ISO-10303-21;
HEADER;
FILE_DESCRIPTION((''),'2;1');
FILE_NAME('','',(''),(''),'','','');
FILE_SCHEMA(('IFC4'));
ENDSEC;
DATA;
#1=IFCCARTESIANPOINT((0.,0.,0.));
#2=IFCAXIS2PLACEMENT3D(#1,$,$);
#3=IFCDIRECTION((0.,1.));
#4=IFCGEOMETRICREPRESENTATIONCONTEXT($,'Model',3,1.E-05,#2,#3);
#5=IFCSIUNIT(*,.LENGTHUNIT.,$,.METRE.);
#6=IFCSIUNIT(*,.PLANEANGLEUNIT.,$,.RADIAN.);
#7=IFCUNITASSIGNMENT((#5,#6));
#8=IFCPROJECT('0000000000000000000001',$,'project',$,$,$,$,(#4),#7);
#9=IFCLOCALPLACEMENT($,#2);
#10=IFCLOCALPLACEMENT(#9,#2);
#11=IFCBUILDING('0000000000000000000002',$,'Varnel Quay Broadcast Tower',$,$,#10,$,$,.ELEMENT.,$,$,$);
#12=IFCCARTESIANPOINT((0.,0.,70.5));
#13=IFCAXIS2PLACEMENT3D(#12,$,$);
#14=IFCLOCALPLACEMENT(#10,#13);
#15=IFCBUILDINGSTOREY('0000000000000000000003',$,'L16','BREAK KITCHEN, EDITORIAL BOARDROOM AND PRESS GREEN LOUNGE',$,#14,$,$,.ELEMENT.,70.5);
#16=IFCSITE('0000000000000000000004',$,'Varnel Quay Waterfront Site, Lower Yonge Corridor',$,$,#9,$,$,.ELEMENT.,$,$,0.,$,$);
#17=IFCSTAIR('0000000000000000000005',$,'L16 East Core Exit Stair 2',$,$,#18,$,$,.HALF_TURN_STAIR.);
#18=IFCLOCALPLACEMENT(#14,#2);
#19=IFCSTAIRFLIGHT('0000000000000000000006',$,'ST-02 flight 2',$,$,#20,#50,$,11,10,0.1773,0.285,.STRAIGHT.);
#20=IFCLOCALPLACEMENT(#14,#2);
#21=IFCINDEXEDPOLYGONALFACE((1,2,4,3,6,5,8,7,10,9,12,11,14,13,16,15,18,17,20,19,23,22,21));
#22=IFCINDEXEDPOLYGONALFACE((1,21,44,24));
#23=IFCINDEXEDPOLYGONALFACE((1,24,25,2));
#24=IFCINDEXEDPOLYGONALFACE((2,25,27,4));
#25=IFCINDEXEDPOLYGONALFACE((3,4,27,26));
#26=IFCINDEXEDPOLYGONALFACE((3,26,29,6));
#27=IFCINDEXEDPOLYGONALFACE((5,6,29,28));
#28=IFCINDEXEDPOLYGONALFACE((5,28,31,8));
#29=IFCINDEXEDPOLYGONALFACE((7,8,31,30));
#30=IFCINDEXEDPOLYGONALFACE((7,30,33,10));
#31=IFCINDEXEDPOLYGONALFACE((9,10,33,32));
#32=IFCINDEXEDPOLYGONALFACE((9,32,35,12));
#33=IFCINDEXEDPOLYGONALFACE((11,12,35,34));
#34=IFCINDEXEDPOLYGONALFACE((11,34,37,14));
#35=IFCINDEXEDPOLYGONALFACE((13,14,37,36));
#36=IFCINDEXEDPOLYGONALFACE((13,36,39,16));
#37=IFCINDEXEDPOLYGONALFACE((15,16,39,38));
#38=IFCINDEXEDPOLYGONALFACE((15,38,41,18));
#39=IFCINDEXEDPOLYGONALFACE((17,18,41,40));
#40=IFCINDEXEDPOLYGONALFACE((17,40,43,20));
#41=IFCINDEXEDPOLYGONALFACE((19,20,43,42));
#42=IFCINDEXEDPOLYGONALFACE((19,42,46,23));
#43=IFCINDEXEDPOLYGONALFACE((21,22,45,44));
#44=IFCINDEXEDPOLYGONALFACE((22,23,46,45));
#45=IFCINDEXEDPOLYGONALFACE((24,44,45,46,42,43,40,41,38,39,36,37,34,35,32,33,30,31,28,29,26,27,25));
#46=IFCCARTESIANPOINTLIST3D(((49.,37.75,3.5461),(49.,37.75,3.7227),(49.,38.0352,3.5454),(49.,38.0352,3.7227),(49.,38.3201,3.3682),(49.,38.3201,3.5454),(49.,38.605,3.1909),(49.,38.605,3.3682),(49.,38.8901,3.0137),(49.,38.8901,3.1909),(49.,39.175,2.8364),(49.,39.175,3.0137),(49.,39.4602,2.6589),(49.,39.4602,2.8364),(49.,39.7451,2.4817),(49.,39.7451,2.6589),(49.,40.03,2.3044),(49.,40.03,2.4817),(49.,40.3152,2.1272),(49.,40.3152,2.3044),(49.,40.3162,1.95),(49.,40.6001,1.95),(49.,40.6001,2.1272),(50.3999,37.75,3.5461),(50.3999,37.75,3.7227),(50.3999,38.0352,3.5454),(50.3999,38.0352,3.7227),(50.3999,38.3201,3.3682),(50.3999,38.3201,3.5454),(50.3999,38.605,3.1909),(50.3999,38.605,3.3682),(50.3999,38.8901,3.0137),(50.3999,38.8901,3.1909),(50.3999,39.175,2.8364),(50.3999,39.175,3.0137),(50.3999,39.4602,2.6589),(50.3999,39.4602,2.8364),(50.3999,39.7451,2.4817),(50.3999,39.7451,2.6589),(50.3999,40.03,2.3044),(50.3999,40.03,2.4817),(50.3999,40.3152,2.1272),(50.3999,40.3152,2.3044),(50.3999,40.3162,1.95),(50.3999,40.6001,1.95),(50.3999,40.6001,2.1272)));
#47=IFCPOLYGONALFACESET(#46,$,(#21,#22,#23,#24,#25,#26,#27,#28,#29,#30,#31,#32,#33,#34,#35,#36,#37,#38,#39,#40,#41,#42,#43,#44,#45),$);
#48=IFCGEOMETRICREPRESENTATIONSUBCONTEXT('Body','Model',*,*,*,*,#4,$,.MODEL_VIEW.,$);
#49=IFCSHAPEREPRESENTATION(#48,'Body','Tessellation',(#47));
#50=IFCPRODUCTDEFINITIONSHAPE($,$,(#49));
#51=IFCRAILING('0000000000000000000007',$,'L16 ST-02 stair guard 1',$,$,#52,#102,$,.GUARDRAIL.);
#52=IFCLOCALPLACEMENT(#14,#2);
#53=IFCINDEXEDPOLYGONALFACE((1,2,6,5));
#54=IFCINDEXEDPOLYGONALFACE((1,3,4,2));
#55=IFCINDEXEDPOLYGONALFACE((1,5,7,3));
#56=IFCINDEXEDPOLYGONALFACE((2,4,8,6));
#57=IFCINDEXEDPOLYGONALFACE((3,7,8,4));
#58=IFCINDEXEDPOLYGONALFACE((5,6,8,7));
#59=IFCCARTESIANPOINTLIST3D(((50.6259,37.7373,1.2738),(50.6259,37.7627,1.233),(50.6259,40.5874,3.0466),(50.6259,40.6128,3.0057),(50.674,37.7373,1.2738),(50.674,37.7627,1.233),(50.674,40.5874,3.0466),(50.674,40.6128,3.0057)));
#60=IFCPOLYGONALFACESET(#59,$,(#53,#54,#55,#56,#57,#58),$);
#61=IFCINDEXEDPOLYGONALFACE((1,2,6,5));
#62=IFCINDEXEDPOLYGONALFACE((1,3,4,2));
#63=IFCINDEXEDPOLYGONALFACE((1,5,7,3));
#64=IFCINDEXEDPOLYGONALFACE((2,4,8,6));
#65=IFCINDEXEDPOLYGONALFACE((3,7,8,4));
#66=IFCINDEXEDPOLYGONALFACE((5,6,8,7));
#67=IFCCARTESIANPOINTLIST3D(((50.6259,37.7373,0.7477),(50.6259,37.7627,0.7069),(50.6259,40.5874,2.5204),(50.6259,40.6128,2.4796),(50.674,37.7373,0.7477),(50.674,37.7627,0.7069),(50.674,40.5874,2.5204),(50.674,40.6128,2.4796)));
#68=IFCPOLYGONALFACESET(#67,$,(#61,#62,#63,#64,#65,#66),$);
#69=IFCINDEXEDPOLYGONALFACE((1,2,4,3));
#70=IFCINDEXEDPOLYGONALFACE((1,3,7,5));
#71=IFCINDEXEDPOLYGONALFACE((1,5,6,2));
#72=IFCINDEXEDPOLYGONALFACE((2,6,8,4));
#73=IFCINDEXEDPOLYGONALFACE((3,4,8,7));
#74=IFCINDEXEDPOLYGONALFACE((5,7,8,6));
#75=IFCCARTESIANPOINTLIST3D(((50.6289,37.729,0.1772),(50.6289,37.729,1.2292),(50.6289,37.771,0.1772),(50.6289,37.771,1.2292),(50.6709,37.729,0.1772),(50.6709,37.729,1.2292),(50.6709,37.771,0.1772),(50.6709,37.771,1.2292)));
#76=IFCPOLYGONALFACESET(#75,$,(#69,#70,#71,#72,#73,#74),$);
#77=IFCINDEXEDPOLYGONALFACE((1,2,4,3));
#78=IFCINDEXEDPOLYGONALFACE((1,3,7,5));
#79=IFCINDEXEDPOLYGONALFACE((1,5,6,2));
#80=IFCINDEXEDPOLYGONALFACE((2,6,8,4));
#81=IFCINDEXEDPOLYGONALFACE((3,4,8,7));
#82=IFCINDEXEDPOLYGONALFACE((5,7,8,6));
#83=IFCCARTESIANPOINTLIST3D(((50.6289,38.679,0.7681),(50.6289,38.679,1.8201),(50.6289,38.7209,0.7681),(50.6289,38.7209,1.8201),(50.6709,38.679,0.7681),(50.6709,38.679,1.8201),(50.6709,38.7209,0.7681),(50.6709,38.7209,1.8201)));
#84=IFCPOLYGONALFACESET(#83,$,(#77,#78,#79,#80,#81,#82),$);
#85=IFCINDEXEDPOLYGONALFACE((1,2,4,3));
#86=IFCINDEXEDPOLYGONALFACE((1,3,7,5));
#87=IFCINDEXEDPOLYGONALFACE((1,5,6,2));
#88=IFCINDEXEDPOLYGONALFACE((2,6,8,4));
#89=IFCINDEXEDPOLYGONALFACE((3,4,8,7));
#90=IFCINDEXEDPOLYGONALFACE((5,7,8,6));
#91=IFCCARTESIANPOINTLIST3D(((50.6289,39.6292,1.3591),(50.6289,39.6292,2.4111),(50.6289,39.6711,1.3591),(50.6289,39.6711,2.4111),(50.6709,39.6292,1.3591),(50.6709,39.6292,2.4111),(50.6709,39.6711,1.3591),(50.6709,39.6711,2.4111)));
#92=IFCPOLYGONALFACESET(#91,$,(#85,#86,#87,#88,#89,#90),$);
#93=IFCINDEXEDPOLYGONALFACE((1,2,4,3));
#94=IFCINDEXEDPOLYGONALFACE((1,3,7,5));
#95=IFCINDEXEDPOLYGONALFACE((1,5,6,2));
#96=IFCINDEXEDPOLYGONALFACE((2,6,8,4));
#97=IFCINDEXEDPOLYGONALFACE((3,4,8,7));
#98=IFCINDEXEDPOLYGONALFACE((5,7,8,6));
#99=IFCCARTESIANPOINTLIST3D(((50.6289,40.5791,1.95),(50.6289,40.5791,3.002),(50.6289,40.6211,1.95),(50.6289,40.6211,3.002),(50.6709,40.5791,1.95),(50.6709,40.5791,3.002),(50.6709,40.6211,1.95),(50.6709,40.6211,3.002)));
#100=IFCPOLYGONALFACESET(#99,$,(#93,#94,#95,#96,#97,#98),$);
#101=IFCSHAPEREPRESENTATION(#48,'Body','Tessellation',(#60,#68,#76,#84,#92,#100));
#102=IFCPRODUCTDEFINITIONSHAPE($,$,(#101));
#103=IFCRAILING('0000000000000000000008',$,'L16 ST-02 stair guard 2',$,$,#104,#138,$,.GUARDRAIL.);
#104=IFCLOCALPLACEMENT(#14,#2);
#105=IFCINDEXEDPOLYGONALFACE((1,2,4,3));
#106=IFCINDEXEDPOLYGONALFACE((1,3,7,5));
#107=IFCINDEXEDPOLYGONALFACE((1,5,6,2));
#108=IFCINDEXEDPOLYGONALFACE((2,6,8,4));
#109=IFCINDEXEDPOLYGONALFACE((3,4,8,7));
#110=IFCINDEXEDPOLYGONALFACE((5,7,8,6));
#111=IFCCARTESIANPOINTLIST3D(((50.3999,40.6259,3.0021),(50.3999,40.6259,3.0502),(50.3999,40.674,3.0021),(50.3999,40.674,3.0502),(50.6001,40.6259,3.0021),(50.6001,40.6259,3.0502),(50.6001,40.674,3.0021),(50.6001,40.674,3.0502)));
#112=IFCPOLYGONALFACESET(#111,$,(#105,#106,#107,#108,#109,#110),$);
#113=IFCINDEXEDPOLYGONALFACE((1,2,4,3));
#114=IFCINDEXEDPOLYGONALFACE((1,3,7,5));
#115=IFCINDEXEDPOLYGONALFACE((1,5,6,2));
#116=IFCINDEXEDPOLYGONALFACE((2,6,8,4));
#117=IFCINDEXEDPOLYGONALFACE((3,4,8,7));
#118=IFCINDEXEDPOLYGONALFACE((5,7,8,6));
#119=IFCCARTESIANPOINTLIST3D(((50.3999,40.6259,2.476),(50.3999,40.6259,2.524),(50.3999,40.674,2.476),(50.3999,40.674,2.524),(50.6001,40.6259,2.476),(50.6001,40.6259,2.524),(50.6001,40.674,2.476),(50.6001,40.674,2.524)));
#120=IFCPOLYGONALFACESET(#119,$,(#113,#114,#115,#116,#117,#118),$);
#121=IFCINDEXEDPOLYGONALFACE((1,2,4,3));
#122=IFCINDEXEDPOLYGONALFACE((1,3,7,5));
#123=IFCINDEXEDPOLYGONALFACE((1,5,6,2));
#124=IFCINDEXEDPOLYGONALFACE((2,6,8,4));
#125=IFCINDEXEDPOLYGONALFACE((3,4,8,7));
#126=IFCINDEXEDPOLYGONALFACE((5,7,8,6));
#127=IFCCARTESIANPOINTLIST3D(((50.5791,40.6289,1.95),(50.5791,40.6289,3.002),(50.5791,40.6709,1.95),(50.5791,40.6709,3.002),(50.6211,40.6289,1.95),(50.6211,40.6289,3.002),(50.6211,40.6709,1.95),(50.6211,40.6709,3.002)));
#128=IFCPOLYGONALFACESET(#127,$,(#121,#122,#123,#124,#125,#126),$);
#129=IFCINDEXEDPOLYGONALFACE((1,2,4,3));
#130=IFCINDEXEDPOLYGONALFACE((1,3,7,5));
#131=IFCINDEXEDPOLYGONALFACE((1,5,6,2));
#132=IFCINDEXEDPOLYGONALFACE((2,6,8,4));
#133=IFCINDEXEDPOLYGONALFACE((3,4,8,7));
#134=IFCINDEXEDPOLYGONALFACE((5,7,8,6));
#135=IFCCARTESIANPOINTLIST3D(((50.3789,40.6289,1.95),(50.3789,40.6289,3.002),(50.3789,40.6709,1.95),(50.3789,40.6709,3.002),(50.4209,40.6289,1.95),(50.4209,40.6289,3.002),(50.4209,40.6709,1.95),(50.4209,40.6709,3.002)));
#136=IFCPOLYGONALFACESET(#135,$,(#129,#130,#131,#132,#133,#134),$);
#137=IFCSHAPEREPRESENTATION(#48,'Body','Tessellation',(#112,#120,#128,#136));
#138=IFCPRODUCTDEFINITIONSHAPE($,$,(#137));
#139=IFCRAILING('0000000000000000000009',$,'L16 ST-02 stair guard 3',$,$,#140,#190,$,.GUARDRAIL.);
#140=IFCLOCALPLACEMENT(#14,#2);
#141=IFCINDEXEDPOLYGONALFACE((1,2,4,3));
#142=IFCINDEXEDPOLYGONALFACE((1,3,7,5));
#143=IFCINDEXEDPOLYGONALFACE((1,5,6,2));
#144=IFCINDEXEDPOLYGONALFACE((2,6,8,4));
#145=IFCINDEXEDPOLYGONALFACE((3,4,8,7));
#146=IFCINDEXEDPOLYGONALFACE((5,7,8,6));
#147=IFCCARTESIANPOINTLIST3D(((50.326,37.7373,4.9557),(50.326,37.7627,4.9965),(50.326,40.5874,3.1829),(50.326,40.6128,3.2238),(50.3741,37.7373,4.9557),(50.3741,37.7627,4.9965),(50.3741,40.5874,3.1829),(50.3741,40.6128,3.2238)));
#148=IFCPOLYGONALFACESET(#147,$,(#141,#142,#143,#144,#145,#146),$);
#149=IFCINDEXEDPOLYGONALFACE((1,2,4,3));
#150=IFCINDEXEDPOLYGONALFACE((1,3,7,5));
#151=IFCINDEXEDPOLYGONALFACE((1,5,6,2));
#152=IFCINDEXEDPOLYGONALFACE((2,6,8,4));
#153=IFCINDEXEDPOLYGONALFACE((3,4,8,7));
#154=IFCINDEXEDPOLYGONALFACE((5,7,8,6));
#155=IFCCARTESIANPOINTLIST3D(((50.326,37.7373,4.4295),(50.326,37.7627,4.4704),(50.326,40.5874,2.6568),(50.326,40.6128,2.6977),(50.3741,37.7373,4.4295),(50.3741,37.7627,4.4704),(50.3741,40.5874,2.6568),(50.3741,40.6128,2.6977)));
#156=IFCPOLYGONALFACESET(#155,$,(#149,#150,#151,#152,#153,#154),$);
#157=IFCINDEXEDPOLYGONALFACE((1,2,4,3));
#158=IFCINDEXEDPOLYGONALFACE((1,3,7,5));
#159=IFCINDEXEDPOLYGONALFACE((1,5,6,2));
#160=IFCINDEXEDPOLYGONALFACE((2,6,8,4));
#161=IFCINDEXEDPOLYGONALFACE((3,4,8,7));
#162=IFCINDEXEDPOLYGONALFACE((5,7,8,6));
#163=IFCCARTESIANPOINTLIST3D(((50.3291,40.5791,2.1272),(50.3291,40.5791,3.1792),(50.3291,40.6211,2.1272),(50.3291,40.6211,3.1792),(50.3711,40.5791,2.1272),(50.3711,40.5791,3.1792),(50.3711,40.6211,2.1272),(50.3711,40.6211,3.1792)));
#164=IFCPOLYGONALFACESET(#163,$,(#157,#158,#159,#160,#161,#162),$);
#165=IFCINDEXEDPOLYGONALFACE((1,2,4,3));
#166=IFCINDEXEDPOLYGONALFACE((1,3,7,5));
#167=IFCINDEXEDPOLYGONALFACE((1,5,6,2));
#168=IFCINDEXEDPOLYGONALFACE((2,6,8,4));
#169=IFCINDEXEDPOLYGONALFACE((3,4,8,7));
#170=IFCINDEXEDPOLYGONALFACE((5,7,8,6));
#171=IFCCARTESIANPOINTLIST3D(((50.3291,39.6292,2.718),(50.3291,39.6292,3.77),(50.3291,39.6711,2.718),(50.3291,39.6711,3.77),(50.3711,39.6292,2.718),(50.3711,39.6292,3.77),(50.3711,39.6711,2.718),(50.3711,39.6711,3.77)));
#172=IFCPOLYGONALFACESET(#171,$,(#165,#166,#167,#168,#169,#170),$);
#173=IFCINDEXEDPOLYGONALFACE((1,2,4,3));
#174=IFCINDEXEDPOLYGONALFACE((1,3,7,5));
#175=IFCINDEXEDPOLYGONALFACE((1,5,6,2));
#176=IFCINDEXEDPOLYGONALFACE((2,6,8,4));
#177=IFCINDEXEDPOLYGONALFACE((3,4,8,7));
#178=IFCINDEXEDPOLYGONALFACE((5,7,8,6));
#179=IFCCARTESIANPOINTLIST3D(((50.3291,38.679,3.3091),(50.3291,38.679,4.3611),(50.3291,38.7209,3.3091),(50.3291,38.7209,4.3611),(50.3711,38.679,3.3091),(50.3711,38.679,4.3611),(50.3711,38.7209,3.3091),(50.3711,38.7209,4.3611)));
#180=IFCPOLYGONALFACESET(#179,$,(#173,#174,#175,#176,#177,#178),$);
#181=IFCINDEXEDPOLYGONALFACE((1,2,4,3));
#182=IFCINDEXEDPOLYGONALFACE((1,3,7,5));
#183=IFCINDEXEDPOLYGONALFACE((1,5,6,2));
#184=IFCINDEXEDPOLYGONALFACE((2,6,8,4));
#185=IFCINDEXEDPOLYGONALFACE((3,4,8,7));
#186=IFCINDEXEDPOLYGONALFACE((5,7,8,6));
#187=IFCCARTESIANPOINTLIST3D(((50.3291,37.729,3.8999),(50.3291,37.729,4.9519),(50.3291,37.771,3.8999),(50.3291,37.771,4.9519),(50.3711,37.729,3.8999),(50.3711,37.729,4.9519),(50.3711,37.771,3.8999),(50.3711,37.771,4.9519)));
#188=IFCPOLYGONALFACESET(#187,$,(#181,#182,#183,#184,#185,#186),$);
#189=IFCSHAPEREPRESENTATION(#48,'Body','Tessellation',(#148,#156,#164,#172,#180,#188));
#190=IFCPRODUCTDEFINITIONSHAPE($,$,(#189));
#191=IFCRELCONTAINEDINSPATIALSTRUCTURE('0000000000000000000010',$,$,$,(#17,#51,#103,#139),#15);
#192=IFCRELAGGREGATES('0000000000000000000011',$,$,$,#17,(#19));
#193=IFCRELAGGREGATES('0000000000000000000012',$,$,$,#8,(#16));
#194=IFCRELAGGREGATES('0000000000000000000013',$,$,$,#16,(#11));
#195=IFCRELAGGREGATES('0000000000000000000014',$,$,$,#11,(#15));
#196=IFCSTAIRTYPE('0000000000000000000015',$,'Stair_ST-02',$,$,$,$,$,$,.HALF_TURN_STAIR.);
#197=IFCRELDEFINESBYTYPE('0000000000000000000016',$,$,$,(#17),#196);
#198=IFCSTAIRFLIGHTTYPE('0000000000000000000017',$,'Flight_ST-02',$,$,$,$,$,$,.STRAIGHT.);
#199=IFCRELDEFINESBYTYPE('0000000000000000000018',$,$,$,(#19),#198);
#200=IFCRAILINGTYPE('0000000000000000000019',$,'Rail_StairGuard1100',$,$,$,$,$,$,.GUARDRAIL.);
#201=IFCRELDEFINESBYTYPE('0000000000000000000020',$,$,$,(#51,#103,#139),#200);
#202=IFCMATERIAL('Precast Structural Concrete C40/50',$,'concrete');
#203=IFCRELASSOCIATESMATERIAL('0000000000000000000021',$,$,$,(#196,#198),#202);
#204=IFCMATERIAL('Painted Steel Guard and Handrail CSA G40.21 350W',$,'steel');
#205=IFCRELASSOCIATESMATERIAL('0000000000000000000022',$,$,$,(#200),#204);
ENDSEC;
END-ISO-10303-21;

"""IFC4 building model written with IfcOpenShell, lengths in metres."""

from ifc_helpers import new_model, si_unit, direction, frame, origin, origin_2d, place, context, subcontext, project, spatial, polyline, rectangle, outline, extrude, material, type_object, element, aggregate, save


model = new_model("IFC4")

# Units and contexts
model_context = context("Model", 3, precision=1e-05, world=origin(), true_north=direction((0.0, 1.0)))
body_context = subcontext(model_context, "Body", "Model", "MODEL_VIEW")
ifc_project = project(units=[si_unit("LENGTHUNIT", "METRE"), si_unit("PLANEANGLEUNIT", "RADIAN")], contexts=[model_context])

# Site, building, storey
site_placement = place(None, origin())
site = spatial("IfcSite", under=ifc_project, at=site_placement, Name="Varnel Quay Waterfront Site, Lower Yonge Corridor", CompositionType="ELEMENT", RefElevation=0.0)
building_placement = place(site_placement, origin())
building = spatial("IfcBuilding", under=site, at=building_placement, Name="Varnel Quay Broadcast Tower", CompositionType="ELEMENT")
storey_placement = place(building_placement, frame((0.0, 0.0, 70.5)))
storey = spatial("IfcBuildingStorey", under=building, at=storey_placement, Name="L16", Description="BREAK KITCHEN, EDITORIAL BOARDROOM AND PRESS GREEN LOUNGE", CompositionType="ELEMENT", Elevation=70.5)

# Stair, stair flight
ifc_material_1 = material(Name="Precast Structural Concrete C40/50", Category="concrete")
stair_type = type_object("IfcStairType", Name="Stair_ST-02", PredefinedType="HALF_TURN_STAIR", material=ifc_material_1)
stair_placement = place(storey_placement, origin())
stair = element("IfcStair", 1, at=stair_placement, inside=storey, type_object=stair_type, Name="L16 East Core Exit Stair 2", PredefinedType="HALF_TURN_STAIR")
stair_flight_type = type_object("IfcStairFlightType", Name="Flight_ST-02", PredefinedType="STRAIGHT", material=ifc_material_1)
stair_flight_1_placement = place(storey_placement, frame((49.7, 40.6001, 1.95), z_axis=(0.0, 0.0, 1.0), x_axis=(0.0, -1.0, 0.0)))
stair_flight_1 = element("IfcStairFlight", 2, at=stair_flight_1_placement, type_object=stair_flight_type, Name="ST-02 flight 2", NumberOfRisers=11, NumberOfTreads=10, PredefinedType="STRAIGHT", RiserHeight=0.1773, TreadLength=0.285, context=body_context, shape_type="SweptSolid", body=[
    extrude(outline(polyline([(0.0, 0.0), (0.0, 0.1772), (0.2849, 0.1772), (0.2849, 0.3545), (0.5701, 0.3545), (0.5701, 0.5317), (0.855, 0.5317), (0.855, 0.709), (1.1399, 0.709), (1.1399, 0.8865), (1.425, 0.8865), (1.425, 1.0637), (1.71, 1.0637), (1.71, 1.241), (1.9951, 1.241), (1.9951, 1.4182), (2.28, 1.4182), (2.28, 1.5955), (2.5649, 1.5955), (2.5649, 1.7727), (2.8501, 1.7727), (2.8501, 1.95), (2.8501, 1.5962), (0.2839, 0.0), (0.0, 0.0)])), frame((0.0, 0.7, 0.0), z_axis=(0.0, -1.0, 0.0), x_axis=(1.0, 0.0, 0.0)), (0.0, 0.0, 1.0), 1.3999),
])
aggregate(stair, [stair_flight_1])

# Railings
ifc_material_2 = material(Name="Painted Steel Guard and Handrail CSA G40.21 350W", Category="steel")
railing_type_1 = type_object("IfcRailingType", Name="Rail_StairGuard1100", PredefinedType="GUARDRAIL", material=ifc_material_2)
railing_1_placement = place(storey_placement, frame((50.6499, 37.75, 0.1772)))
element("IfcRailing", 3, at=railing_1_placement, inside=storey, type_object=railing_type_1, Name="L16 ST-02 stair guard 1", PredefinedType="GUARDRAIL", context=body_context, shape_type="SweptSolid", body=[
    extrude(rectangle(XDim=0.0481, YDim=0.0481, at=origin_2d()), frame((0.0, 0.0, 1.0762), z_axis=(0.0, 0.849149, 0.528154), x_axis=(-1.0, 0.0, 0.0)), (0.0, 0.0, 1.0), 3.3564),
    extrude(rectangle(XDim=0.0481, YDim=0.0481, at=origin_2d()), frame((0.0, 0.0, 0.55), z_axis=(0.0, 0.849149, 0.528154), x_axis=(-1.0, 0.0, 0.0)), (0.0, 0.0, 1.0), 3.3564),
    extrude(rectangle(XDim=0.042, YDim=0.042, at=origin_2d()), origin(), (0.0, 0.0, 1.0), 1.052),
    extrude(rectangle(XDim=0.042, YDim=0.042, at=origin_2d()), frame((0.0, 0.95, 0.5908)), (0.0, 0.0, 1.0), 1.052),
    extrude(rectangle(XDim=0.042, YDim=0.042, at=origin_2d()), frame((0.0, 1.9001, 1.1819)), (0.0, 0.0, 1.0), 1.052),
    extrude(rectangle(XDim=0.042, YDim=0.042, at=origin_2d()), frame((0.0, 2.8501, 1.7727)), (0.0, 0.0, 1.0), 1.052),
])
railing_2_placement = place(storey_placement, frame((50.6001, 40.6499, 1.95)))
element("IfcRailing", 4, at=railing_2_placement, inside=storey, type_object=railing_type_1, Name="L16 ST-02 stair guard 2", PredefinedType="GUARDRAIL", context=body_context, shape_type="SweptSolid", body=[
    extrude(rectangle(XDim=0.0481, YDim=0.0481, at=origin_2d()), frame((0.0, 0.0, 1.0762), z_axis=(-1.0, 0.0, 0.0), x_axis=(0.0, -1.0, 0.0)), (0.0, 0.0, 1.0), 0.2002),
    extrude(rectangle(XDim=0.0481, YDim=0.0481, at=origin_2d()), frame((0.0, 0.0, 0.55), z_axis=(-1.0, 0.0, 0.0), x_axis=(0.0, -1.0, 0.0)), (0.0, 0.0, 1.0), 0.2002),
    extrude(rectangle(XDim=0.042, YDim=0.042, at=origin_2d()), origin(), (0.0, 0.0, 1.0), 1.052),
    extrude(rectangle(XDim=0.042, YDim=0.042, at=origin_2d()), frame((-0.2002, 0.0, 0.0)), (0.0, 0.0, 1.0), 1.052),
])
railing_3_placement = place(storey_placement, frame((50.3501, 40.6001, 2.1272)))
element("IfcRailing", 5, at=railing_3_placement, inside=storey, type_object=railing_type_1, Name="L16 ST-02 stair guard 3", PredefinedType="GUARDRAIL", context=body_context, shape_type="SweptSolid", body=[
    extrude(rectangle(XDim=0.0481, YDim=0.0481, at=origin_2d()), frame((0.0, 0.0, 1.0762), z_axis=(0.0, -0.849149, 0.528154), x_axis=(1.0, 0.0, 0.0)), (0.0, 0.0, 1.0), 3.3564),
    extrude(rectangle(XDim=0.0481, YDim=0.0481, at=origin_2d()), frame((0.0, 0.0, 0.55), z_axis=(0.0, -0.849149, 0.528154), x_axis=(1.0, 0.0, 0.0)), (0.0, 0.0, 1.0), 3.3564),
    extrude(rectangle(XDim=0.042, YDim=0.042, at=origin_2d()), origin(), (0.0, 0.0, 1.0), 1.052),
    extrude(rectangle(XDim=0.042, YDim=0.042, at=origin_2d()), frame((0.0, -0.95, 0.5908)), (0.0, 0.0, 1.0), 1.052),
    extrude(rectangle(XDim=0.042, YDim=0.042, at=origin_2d()), frame((0.0, -1.9001, 1.1819)), (0.0, 0.0, 1.0), 1.052),
    extrude(rectangle(XDim=0.042, YDim=0.042, at=origin_2d()), frame((0.0, -2.8501, 1.7727)), (0.0, 0.0, 1.0), 1.052),
])

save(model, "model.ifc")
